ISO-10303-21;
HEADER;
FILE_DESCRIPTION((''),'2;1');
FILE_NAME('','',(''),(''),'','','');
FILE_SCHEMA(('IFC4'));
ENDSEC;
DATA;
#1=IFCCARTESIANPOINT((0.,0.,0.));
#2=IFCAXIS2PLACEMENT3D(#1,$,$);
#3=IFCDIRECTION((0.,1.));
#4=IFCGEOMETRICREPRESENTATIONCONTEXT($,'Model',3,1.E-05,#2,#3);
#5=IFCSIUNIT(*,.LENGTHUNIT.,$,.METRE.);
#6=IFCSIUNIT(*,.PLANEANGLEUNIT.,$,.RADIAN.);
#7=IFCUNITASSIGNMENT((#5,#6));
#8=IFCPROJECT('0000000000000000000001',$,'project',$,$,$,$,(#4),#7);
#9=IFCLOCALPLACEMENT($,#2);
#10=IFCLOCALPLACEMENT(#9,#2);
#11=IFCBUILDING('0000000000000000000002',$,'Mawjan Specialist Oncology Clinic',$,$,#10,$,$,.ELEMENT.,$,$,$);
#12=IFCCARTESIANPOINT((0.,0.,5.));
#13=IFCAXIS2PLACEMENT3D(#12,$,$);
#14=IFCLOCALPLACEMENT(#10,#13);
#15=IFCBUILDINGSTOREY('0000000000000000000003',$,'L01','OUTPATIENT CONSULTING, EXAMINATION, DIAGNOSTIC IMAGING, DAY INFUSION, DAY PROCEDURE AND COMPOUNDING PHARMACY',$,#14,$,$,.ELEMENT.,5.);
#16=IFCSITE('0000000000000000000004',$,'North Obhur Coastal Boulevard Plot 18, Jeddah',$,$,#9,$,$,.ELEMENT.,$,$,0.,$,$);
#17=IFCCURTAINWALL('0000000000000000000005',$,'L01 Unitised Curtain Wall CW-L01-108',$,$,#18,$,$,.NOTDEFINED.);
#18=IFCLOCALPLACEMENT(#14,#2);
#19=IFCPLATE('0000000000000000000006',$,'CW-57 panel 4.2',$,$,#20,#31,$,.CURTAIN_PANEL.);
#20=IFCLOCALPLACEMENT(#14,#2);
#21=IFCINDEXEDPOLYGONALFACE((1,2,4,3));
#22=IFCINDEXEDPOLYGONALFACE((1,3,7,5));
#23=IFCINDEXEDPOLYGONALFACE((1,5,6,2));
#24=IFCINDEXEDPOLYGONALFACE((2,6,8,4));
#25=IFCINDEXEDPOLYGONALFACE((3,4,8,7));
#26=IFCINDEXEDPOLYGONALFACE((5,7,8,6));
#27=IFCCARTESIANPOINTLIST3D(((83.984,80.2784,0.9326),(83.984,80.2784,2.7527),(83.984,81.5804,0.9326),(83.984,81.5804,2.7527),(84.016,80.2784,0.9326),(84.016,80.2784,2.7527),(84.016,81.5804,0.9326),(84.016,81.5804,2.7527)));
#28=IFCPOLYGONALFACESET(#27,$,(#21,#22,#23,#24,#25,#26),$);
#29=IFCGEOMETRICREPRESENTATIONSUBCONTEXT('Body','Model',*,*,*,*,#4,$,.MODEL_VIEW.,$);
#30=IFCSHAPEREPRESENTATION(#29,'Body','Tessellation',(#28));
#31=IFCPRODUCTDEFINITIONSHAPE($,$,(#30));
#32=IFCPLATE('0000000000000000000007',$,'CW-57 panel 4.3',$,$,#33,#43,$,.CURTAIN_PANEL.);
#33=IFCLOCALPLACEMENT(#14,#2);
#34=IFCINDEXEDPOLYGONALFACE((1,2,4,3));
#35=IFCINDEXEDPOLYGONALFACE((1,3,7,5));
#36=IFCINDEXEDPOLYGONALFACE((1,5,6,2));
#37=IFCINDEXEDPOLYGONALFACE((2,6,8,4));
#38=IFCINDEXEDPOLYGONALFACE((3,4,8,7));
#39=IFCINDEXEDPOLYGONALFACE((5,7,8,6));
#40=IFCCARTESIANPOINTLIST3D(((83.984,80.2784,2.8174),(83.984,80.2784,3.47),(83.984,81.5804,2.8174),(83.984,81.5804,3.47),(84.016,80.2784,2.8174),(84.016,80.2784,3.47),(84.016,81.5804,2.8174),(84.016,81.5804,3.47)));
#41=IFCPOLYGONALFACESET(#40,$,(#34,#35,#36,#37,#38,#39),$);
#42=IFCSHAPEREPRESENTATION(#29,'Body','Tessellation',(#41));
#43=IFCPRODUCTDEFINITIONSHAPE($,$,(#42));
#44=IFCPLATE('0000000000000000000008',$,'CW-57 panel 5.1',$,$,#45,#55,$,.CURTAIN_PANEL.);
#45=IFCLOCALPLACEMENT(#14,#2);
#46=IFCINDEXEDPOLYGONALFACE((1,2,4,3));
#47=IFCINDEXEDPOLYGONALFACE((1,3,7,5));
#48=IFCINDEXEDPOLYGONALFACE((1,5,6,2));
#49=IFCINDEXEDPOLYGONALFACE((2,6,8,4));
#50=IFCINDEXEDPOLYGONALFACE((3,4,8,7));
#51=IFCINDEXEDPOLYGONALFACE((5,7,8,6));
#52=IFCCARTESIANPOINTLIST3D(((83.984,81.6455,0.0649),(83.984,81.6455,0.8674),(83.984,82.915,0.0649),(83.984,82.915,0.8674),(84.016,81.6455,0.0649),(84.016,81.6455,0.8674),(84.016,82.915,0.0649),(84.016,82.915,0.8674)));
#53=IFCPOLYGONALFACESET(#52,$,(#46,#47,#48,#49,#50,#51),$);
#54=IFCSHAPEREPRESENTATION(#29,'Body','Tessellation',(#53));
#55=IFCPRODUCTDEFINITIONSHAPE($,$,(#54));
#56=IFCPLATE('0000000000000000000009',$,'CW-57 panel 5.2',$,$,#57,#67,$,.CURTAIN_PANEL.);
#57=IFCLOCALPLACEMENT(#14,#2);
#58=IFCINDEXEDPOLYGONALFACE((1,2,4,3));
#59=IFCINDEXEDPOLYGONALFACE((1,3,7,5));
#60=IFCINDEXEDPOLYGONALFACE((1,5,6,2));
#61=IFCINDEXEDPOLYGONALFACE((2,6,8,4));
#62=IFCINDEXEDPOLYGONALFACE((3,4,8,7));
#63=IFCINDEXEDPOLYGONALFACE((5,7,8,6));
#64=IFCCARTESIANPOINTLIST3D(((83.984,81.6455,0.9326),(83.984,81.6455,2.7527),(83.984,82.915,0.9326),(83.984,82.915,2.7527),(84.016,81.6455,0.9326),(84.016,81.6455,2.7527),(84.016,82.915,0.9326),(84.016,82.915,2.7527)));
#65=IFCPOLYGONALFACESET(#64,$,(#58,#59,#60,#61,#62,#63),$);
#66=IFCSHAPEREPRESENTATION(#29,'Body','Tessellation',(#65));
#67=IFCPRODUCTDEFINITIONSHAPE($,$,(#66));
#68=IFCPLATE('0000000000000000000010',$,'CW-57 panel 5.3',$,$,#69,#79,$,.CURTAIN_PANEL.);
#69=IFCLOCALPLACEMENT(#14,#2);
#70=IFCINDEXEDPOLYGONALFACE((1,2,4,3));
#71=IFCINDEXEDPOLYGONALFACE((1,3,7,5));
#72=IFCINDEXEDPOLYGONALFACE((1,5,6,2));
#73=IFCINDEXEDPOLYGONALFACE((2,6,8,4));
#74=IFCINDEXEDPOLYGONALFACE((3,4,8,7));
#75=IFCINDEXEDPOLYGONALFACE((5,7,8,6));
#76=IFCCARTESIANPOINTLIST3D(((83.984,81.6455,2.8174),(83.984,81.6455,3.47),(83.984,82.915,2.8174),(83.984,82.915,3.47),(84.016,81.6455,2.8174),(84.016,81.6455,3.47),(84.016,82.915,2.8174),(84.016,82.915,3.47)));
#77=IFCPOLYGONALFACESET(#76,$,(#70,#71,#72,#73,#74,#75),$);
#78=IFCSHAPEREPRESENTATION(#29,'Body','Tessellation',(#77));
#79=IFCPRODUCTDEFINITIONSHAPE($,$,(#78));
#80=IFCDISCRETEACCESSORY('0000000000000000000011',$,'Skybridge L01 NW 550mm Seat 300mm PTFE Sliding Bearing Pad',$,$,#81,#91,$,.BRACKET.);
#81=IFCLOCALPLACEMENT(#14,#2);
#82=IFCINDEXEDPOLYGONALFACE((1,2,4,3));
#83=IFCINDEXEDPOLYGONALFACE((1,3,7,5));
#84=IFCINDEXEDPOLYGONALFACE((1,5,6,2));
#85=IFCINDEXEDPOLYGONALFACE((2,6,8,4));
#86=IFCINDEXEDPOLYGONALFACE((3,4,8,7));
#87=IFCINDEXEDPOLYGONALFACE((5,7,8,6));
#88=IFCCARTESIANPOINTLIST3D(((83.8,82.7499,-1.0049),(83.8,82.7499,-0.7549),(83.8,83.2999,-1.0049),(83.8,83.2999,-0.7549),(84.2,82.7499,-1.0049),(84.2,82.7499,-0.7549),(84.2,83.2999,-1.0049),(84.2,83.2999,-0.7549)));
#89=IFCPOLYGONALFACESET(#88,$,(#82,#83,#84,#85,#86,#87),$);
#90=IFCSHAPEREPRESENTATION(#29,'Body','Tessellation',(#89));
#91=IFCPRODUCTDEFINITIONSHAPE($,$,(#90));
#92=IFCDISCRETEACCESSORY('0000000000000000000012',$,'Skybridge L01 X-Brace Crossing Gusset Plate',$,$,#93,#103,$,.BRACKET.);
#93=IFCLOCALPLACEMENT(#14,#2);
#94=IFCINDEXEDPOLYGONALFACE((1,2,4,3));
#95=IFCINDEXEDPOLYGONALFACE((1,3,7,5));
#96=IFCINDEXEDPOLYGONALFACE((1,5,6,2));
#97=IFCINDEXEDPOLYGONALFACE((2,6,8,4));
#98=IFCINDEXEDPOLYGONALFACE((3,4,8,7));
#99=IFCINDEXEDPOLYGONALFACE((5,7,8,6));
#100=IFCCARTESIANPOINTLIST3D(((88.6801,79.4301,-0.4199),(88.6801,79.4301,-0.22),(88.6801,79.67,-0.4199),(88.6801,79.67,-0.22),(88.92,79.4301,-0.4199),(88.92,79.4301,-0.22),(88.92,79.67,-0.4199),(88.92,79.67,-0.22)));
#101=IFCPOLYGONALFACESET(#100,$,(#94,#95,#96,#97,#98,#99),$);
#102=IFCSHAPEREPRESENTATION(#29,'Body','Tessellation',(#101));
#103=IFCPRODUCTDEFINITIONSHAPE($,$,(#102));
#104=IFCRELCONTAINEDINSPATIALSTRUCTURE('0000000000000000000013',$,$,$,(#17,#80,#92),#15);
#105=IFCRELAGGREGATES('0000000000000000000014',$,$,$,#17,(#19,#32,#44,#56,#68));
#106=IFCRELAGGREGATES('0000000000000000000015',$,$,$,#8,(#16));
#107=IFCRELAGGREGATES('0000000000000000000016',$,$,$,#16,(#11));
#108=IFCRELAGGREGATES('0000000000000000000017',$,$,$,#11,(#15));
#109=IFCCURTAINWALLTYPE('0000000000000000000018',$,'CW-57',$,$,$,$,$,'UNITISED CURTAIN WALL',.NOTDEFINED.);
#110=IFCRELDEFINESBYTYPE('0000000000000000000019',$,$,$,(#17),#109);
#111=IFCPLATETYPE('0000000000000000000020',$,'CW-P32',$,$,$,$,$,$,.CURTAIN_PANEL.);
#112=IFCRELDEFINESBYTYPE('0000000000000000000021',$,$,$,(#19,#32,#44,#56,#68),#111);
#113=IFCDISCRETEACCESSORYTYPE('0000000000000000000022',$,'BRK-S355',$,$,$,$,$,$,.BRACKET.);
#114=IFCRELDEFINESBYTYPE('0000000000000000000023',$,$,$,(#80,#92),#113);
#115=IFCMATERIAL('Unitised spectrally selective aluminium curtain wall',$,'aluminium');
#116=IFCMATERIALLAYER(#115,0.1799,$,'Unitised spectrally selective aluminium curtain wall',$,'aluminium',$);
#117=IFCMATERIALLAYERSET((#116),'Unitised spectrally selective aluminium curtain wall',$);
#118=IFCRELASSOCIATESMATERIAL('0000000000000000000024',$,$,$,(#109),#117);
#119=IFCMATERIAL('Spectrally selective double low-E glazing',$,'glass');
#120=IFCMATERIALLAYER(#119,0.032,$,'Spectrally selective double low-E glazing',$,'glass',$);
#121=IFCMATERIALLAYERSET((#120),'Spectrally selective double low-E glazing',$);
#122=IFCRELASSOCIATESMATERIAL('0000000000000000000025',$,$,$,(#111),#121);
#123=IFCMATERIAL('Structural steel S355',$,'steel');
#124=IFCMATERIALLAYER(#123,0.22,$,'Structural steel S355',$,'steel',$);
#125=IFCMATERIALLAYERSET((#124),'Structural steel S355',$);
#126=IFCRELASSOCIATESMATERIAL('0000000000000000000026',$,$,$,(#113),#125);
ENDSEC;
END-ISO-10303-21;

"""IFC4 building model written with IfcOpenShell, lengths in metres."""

from ifc_helpers import new_model, si_unit, direction, frame, origin, origin_2d, place, context, subcontext, project, spatial, rectangle, extrude, material, layer, layer_set, type_object, element, aggregate, save


model = new_model("IFC4")

# Units and contexts
model_context = context("Model", 3, precision=1e-05, world=origin(), true_north=direction((0.0, 1.0)))
body_context = subcontext(model_context, "Body", "Model", "MODEL_VIEW")
ifc_project = project(units=[si_unit("LENGTHUNIT", "METRE"), si_unit("PLANEANGLEUNIT", "RADIAN")], contexts=[model_context])

# Site, building, storey
site_placement = place(None, origin())
site = spatial("IfcSite", under=ifc_project, at=site_placement, Name="North Obhur Coastal Boulevard Plot 18, Jeddah", CompositionType="ELEMENT", RefElevation=0.0)
building_placement = place(site_placement, origin())
building = spatial("IfcBuilding", under=site, at=building_placement, Name="Mawjan Specialist Oncology Clinic", CompositionType="ELEMENT")
storey_placement = place(building_placement, frame((0.0, 0.0, 5.0)))
storey = spatial("IfcBuildingStorey", under=building, at=storey_placement, Name="L01", Description="OUTPATIENT CONSULTING, EXAMINATION, DIAGNOSTIC IMAGING, DAY INFUSION, DAY PROCEDURE AND COMPOUNDING PHARMACY", CompositionType="ELEMENT", Elevation=5.0)

# Curtain wall
ifc_material_1 = material(Name="Unitised spectrally selective aluminium curtain wall", Category="aluminium")
ifc_layer_1 = layer(ifc_material_1, 0.1799, Name="Unitised spectrally selective aluminium curtain wall", Category="aluminium")
ifc_layer_set_1 = layer_set([ifc_layer_1], Name="Unitised spectrally selective aluminium curtain wall")
curtain_wall_type = type_object("IfcCurtainWallType", Name="CW-57", ElementType="UNITISED CURTAIN WALL", PredefinedType="NOTDEFINED", material=ifc_layer_set_1)
curtain_wall_placement = place(storey_placement, origin())
curtain_wall = element("IfcCurtainWall", 1, at=curtain_wall_placement, inside=storey, type_object=curtain_wall_type, Name="L01 Unitised Curtain Wall CW-L01-108", PredefinedType="NOTDEFINED")

# Plates
ifc_material_2 = material(Name="Spectrally selective double low-E glazing", Category="glass")
ifc_layer_2 = layer(ifc_material_2, 0.032, Name="Spectrally selective double low-E glazing", Category="glass")
ifc_layer_set_2 = layer_set([ifc_layer_2], Name="Spectrally selective double low-E glazing")
plate_type = type_object("IfcPlateType", Name="CW-P32", PredefinedType="CURTAIN_PANEL", material=ifc_layer_set_2)
plate_1_placement = place(storey_placement, frame((84.0, 80.9294, 0.9326), z_axis=(0.0, 0.0, 1.0), x_axis=(0.0, 1.0, 0.0)))
plate_1 = element("IfcPlate", 2, at=plate_1_placement, type_object=plate_type, Name="CW-57 panel 4.2", PredefinedType="CURTAIN_PANEL", context=body_context, shape_type="SweptSolid", body=[
    extrude(rectangle(XDim=1.302, YDim=0.032, at=origin_2d()), origin(), (0.0, 0.0, 1.0), 1.8201),
])
plate_2_placement = place(storey_placement, frame((84.0, 80.9294, 2.8174), z_axis=(0.0, 0.0, 1.0), x_axis=(0.0, 1.0, 0.0)))
plate_2 = element("IfcPlate", 3, at=plate_2_placement, type_object=plate_type, Name="CW-57 panel 4.3", PredefinedType="CURTAIN_PANEL", context=body_context, shape_type="SweptSolid", body=[
    extrude(rectangle(XDim=1.302, YDim=0.032, at=origin_2d()), origin(), (0.0, 0.0, 1.0), 0.6526),
])
plate_3_placement = place(storey_placement, frame((84.0, 82.2803, 0.0649), z_axis=(0.0, 0.0, 1.0), x_axis=(0.0, 1.0, 0.0)))
plate_3 = element("IfcPlate", 4, at=plate_3_placement, type_object=plate_type, Name="CW-57 panel 5.1", PredefinedType="CURTAIN_PANEL", context=body_context, shape_type="SweptSolid", body=[
    extrude(rectangle(XDim=1.2695, YDim=0.032, at=origin_2d()), origin(), (0.0, 0.0, 1.0), 0.8025),
])
plate_4_placement = place(storey_placement, frame((84.0, 82.2803, 0.9326), z_axis=(0.0, 0.0, 1.0), x_axis=(0.0, 1.0, 0.0)))
plate_4 = element("IfcPlate", 5, at=plate_4_placement, type_object=plate_type, Name="CW-57 panel 5.2", PredefinedType="CURTAIN_PANEL", context=body_context, shape_type="SweptSolid", body=[
    extrude(rectangle(XDim=1.2695, YDim=0.032, at=origin_2d()), origin(), (0.0, 0.0, 1.0), 1.8201),
])
plate_5_placement = place(storey_placement, frame((84.0, 82.2803, 2.8174), z_axis=(0.0, 0.0, 1.0), x_axis=(0.0, 1.0, 0.0)))
plate_5 = element("IfcPlate", 6, at=plate_5_placement, type_object=plate_type, Name="CW-57 panel 5.3", PredefinedType="CURTAIN_PANEL", context=body_context, shape_type="SweptSolid", body=[
    extrude(rectangle(XDim=1.2695, YDim=0.032, at=origin_2d()), origin(), (0.0, 0.0, 1.0), 0.6526),
])
aggregate(curtain_wall, [plate_1, plate_2, plate_3, plate_4, plate_5])

# Discrete accessories
ifc_material_3 = material(Name="Structural steel S355", Category="steel")
ifc_layer_3 = layer(ifc_material_3, 0.22, Name="Structural steel S355", Category="steel")
ifc_layer_set_3 = layer_set([ifc_layer_3], Name="Structural steel S355")
discrete_accessory_type = type_object("IfcDiscreteAccessoryType", Name="BRK-S355", PredefinedType="BRACKET", material=ifc_layer_set_3)
discrete_accessory_1_placement = place(storey_placement, frame((84.0, 83.0249, -1.0049), z_axis=(0.0, 0.0, 1.0), x_axis=(1.0, 0.0, 0.0)))
element("IfcDiscreteAccessory", 7, at=discrete_accessory_1_placement, inside=storey, type_object=discrete_accessory_type, Name="Skybridge L01 NW 550mm Seat 300mm PTFE Sliding Bearing Pad", PredefinedType="BRACKET", context=body_context, shape_type="SweptSolid", body=[
    extrude(rectangle(XDim=0.3999, YDim=0.55, at=origin_2d()), origin(), (0.0, 0.0, 1.0), 0.25),
])
discrete_accessory_2_placement = place(storey_placement, frame((88.8, 79.55, -0.4199), z_axis=(0.0, 0.0, 1.0), x_axis=(1.0, 0.0, 0.0)))
element("IfcDiscreteAccessory", 8, at=discrete_accessory_2_placement, inside=storey, type_object=discrete_accessory_type, Name="Skybridge L01 X-Brace Crossing Gusset Plate", PredefinedType="BRACKET", context=body_context, shape_type="SweptSolid", body=[
    extrude(rectangle(XDim=0.24, YDim=0.24, at=origin_2d()), origin(), (0.0, 0.0, 1.0), 0.2),
])

save(model, "model.ifc")
